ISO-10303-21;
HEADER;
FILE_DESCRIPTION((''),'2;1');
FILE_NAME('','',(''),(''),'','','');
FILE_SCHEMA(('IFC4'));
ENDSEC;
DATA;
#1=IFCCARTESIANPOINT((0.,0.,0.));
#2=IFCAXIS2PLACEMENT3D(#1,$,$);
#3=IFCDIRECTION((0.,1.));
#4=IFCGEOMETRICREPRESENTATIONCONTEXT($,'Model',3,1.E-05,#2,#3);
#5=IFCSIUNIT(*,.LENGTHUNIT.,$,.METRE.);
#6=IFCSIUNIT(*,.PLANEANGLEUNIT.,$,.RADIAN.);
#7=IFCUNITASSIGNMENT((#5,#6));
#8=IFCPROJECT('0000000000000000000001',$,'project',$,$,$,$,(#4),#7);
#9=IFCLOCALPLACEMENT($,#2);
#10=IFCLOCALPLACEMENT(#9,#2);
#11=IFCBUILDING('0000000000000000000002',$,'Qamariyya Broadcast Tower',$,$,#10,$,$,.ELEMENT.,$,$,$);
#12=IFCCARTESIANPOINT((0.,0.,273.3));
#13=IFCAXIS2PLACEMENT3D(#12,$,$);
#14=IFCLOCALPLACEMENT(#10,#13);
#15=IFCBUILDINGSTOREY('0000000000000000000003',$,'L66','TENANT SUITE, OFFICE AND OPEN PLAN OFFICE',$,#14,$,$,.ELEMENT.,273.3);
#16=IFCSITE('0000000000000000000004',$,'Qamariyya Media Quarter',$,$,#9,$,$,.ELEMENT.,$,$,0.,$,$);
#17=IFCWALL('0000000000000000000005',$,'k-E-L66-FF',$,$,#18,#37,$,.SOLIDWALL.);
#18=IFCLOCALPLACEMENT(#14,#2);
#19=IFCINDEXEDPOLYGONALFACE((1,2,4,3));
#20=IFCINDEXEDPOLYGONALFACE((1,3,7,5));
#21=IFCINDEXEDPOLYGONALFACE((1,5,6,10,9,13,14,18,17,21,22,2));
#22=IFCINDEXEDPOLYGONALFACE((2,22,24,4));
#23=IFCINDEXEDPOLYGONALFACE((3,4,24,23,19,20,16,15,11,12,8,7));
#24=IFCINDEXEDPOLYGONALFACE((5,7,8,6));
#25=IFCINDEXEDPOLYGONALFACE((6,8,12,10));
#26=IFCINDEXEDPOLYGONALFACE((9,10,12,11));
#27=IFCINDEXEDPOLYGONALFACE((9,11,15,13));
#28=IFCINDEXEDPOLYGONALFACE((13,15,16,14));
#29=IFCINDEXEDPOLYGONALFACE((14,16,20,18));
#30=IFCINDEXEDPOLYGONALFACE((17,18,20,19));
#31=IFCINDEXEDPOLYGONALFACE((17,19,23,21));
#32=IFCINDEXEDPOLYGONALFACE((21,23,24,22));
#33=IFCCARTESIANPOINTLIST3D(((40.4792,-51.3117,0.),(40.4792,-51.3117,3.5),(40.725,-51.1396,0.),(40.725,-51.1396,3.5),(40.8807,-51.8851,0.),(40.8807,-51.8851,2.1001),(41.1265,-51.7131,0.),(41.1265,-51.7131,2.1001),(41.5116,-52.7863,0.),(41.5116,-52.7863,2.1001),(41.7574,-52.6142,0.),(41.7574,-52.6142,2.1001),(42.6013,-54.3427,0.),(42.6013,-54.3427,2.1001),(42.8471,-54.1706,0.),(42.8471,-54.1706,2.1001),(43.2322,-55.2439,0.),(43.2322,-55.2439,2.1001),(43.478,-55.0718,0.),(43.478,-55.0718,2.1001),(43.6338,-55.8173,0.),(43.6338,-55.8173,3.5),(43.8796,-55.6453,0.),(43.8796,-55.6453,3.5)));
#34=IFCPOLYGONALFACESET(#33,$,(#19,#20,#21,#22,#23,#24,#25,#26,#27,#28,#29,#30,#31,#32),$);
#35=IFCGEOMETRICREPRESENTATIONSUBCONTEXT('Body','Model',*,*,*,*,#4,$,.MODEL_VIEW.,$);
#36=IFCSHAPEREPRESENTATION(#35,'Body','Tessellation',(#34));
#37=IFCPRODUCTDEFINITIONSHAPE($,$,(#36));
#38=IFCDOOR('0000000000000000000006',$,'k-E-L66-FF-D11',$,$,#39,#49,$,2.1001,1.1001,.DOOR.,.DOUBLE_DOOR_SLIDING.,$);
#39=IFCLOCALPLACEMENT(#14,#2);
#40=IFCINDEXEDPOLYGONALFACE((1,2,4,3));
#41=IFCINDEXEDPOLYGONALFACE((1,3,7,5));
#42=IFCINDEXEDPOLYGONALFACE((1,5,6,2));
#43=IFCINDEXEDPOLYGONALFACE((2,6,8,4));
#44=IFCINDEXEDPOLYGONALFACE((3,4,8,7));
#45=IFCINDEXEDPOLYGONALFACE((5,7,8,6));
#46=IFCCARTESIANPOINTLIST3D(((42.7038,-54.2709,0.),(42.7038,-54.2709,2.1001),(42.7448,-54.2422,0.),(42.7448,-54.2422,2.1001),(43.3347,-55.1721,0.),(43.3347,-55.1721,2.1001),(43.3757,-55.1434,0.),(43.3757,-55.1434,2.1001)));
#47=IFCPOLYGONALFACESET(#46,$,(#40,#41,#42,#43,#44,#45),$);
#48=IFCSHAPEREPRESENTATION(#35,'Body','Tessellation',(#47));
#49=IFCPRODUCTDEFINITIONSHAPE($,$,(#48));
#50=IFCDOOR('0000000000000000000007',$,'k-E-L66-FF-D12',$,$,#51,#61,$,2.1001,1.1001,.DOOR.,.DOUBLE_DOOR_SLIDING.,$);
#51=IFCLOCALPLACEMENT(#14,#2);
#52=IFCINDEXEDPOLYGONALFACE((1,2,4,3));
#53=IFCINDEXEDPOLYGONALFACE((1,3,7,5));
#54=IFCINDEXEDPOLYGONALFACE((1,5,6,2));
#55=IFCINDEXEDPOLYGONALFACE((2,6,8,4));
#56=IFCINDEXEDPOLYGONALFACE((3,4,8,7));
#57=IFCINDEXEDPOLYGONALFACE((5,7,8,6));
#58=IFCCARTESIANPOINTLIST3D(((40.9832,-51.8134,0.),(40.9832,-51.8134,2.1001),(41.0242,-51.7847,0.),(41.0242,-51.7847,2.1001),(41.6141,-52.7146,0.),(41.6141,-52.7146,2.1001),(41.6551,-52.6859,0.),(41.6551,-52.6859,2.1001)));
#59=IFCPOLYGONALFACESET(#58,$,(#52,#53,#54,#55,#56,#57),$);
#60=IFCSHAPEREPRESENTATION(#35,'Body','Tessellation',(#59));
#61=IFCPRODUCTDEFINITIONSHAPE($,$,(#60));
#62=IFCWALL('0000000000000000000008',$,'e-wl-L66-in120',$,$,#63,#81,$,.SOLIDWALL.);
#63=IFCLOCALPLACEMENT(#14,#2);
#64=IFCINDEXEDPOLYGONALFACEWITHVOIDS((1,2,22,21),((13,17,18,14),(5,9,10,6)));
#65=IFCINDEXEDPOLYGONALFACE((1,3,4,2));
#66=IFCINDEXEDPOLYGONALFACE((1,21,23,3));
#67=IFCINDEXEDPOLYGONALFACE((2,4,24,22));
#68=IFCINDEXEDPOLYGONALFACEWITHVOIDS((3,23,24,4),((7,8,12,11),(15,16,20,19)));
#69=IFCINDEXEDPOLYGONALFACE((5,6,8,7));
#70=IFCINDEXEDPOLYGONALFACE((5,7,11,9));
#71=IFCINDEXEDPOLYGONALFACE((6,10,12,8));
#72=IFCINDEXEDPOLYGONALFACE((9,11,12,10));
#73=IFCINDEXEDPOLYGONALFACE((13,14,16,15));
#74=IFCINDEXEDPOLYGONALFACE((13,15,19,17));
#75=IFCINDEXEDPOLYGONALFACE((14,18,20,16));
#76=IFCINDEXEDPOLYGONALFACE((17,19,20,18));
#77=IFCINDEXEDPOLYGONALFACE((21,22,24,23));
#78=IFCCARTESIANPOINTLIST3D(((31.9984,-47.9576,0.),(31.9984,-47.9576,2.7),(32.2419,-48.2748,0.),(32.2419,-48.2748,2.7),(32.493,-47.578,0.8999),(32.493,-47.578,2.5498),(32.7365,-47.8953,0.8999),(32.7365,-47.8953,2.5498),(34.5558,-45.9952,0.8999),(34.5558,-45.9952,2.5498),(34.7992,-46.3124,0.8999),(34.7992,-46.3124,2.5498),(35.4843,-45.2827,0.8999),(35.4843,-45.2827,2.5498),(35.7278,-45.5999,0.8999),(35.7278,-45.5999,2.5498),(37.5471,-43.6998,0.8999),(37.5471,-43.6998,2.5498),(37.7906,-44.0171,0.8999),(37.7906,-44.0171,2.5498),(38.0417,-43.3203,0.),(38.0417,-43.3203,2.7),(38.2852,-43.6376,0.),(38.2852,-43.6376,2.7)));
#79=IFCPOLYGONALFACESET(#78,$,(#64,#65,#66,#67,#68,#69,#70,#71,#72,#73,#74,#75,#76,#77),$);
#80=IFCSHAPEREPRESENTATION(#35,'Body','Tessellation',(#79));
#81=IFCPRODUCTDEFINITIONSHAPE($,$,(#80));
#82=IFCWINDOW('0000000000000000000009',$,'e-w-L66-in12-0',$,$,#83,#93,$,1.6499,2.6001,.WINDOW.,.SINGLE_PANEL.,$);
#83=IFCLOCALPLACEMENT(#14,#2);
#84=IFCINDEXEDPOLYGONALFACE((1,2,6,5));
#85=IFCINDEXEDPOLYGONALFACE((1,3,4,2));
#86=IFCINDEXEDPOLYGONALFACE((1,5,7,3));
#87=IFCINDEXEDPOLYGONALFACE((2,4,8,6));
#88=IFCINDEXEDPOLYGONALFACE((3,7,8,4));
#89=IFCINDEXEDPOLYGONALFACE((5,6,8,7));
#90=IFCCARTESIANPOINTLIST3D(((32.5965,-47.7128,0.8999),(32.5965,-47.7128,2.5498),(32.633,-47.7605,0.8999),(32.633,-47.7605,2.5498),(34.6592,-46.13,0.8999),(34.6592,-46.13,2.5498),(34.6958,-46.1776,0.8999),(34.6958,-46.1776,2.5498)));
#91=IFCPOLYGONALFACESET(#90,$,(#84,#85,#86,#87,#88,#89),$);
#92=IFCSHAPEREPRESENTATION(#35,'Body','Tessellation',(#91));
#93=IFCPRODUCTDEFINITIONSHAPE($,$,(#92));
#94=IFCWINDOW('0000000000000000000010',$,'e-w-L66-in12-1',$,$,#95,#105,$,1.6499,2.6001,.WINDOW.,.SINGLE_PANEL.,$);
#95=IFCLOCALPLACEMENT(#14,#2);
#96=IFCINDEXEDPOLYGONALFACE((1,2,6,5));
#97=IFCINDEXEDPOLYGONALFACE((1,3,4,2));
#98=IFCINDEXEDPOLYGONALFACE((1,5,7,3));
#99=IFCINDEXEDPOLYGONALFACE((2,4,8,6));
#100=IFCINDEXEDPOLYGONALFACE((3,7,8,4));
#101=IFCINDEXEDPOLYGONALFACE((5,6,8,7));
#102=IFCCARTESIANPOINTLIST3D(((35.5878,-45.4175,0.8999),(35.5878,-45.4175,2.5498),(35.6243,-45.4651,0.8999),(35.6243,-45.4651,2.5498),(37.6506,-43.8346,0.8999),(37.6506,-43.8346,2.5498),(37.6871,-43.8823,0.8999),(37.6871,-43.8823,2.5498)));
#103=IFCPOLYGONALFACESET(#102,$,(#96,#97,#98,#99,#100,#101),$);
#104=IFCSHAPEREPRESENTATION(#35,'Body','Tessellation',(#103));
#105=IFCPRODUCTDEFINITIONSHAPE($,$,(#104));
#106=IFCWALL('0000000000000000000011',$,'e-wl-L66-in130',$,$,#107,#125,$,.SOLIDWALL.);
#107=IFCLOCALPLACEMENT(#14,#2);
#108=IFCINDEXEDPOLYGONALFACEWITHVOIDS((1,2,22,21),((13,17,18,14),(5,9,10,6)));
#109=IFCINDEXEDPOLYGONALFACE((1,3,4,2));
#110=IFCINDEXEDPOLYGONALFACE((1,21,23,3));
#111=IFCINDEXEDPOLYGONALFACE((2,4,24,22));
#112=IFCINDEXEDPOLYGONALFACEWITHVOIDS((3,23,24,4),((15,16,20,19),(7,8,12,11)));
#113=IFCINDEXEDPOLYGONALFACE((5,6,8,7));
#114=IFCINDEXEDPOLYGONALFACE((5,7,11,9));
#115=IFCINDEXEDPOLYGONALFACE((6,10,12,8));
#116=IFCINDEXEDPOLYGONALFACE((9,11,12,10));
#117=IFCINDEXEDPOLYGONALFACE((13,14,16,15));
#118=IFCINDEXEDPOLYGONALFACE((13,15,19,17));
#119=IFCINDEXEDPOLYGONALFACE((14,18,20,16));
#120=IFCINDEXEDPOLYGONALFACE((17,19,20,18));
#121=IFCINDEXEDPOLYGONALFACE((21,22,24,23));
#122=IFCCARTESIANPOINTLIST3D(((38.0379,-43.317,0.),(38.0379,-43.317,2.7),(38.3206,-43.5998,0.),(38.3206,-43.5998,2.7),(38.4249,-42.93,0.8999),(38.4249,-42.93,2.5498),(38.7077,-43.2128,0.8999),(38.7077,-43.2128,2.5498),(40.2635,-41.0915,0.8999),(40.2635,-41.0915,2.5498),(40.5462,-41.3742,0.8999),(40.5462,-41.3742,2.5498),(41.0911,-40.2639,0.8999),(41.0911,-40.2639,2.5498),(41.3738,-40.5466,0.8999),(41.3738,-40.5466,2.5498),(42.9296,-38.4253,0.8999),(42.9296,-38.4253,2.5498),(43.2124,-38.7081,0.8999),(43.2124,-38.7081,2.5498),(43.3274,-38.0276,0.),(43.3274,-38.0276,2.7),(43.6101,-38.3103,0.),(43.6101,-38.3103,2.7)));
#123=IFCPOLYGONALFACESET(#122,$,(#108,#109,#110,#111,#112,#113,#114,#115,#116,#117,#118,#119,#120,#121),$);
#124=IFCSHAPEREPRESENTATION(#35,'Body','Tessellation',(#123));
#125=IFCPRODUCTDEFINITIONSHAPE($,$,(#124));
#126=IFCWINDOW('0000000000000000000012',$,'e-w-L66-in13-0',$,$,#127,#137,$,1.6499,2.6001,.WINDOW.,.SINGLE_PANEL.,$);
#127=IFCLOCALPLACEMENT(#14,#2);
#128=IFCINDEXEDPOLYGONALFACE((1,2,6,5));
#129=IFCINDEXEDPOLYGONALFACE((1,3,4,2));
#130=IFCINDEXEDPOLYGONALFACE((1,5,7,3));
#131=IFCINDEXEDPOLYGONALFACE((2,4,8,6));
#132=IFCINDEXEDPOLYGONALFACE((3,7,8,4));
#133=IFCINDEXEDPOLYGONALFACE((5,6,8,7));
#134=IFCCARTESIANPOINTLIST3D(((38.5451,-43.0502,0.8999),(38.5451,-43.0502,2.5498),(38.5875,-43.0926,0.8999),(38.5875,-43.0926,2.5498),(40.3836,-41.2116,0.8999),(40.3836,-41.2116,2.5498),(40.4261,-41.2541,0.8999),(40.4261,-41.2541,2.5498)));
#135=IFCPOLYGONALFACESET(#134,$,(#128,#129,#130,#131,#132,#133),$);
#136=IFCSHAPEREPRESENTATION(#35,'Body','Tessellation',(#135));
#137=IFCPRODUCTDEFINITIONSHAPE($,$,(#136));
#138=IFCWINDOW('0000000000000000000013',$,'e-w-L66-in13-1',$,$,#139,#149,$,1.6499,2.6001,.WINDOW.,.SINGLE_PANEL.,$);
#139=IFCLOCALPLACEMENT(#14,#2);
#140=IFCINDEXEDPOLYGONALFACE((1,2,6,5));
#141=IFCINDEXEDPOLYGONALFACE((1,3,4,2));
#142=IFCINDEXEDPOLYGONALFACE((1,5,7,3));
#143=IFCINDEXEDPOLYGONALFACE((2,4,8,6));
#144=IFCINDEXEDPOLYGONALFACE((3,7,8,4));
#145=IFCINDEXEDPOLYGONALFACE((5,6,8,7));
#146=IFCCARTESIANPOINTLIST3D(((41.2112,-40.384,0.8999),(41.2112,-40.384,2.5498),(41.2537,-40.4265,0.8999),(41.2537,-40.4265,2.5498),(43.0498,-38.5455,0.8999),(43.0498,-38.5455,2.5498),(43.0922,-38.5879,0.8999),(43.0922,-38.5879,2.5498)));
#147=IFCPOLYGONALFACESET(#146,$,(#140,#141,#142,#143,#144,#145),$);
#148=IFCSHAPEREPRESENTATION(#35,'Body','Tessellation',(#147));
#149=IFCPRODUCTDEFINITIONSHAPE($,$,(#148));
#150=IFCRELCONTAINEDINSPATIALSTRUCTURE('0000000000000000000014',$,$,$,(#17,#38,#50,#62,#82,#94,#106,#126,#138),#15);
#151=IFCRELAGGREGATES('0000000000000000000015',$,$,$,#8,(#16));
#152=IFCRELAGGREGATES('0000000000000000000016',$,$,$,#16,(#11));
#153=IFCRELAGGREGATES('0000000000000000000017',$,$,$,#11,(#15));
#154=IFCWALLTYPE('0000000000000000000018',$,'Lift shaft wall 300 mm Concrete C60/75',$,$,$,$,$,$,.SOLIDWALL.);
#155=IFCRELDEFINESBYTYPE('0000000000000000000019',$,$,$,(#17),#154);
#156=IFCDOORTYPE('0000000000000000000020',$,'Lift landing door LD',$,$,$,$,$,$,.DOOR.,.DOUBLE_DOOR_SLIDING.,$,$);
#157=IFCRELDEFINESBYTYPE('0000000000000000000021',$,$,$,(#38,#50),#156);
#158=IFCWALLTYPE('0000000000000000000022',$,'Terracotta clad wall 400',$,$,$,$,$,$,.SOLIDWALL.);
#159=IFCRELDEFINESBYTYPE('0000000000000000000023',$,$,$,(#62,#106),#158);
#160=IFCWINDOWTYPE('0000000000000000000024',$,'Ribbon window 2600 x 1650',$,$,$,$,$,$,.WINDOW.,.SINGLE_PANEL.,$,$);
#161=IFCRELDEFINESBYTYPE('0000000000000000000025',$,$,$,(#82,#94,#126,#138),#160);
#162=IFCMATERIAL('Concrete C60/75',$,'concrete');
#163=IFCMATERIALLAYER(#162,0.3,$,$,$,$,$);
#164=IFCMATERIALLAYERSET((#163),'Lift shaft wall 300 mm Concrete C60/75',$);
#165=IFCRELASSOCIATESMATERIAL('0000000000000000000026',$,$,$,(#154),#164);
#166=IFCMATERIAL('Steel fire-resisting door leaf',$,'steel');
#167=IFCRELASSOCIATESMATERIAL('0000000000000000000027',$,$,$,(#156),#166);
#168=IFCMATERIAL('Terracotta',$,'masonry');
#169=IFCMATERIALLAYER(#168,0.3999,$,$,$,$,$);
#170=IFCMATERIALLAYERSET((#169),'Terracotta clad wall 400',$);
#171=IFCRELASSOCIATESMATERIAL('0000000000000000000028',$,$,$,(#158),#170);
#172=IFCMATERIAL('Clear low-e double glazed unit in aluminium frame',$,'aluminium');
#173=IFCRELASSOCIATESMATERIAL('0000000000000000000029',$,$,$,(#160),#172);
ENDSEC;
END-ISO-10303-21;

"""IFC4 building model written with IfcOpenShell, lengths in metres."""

from ifc_helpers import new_model, si_unit, direction, frame, frame_2d, origin, place, context, subcontext, project, spatial, rectangle, extrude, material, layer, layer_set, type_object, element, fill, save


model = new_model("IFC4")

# Units and contexts
model_context = context("Model", 3, precision=1e-05, world=origin(), true_north=direction((0.0, 1.0)))
body_context = subcontext(model_context, "Body", "Model", "MODEL_VIEW")
ifc_project = project(units=[si_unit("LENGTHUNIT", "METRE"), si_unit("PLANEANGLEUNIT", "RADIAN")], contexts=[model_context])

# Site, building, storey
site_placement = place(None, origin())
site = spatial("IfcSite", under=ifc_project, at=site_placement, Name="Qamariyya Media Quarter", CompositionType="ELEMENT", RefElevation=0.0)
building_placement = place(site_placement, origin())
building = spatial("IfcBuilding", under=site, at=building_placement, Name="Qamariyya Broadcast Tower", CompositionType="ELEMENT")
storey_placement = place(building_placement, frame((0.0, 0.0, 273.3)))
storey = spatial("IfcBuildingStorey", under=building, at=storey_placement, Name="L66", Description="TENANT SUITE, OFFICE AND OPEN PLAN OFFICE", CompositionType="ELEMENT", Elevation=273.3)

# Shared definitions
ifc_material_1 = material(Name="Concrete C60/75", Category="concrete")

# Shared definitions
ifc_layer_1 = layer(ifc_material_1, 0.3)
ifc_layer_set_1 = layer_set([ifc_layer_1], Name="Lift shaft wall 300 mm Concrete C60/75")
wall_type_1 = type_object("IfcWallType", Name="Lift shaft wall 300 mm Concrete C60/75", PredefinedType="SOLIDWALL", material=ifc_layer_set_1)
ifc_material_2 = material(Name="Steel fire-resisting door leaf", Category="steel")

# Wall, openings, doors
wall_1_placement = place(storey_placement, frame((43.7566, -55.7312, 0.0), z_axis=(0.0, 0.0, 1.0), x_axis=(-0.573537, 0.81918, 0.0)))
wall_1 = element("IfcWall", 1, at=wall_1_placement, inside=storey, type_object=wall_type_1, Name="k-E-L66-FF", PredefinedType="SOLIDWALL", context=body_context, shape_type="SweptSolid", body=[
    extrude(rectangle(XDim=5.5002, YDim=0.3, at=frame_2d((2.75, 0.0))), origin(), (0.0, 0.0, 1.0), 3.5),
])
opening_1_placement = place(wall_1_placement, frame((0.7, 0.0, 0.0)))
opening_1 = element("IfcOpeningElement", 2, at=opening_1_placement, cuts=wall_1, PredefinedType="OPENING", context=body_context, shape_type="SweptSolid", body=[
    extrude(rectangle(XDim=1.1001, YDim=2.1001, at=frame_2d((0.55, 1.05))), frame((0.0, 0.1599, 0.0), z_axis=(0.0, -1.0, 0.0), x_axis=(1.0, 0.0, 0.0)), (0.0, 0.0, 1.0), 0.3201),
])
opening_2_placement = place(wall_1_placement, frame((3.7, 0.0, 0.0)))
opening_2 = element("IfcOpeningElement", 3, at=opening_2_placement, cuts=wall_1, PredefinedType="OPENING", context=body_context, shape_type="SweptSolid", body=[
    extrude(rectangle(XDim=1.1001, YDim=2.1001, at=frame_2d((0.55, 1.05))), frame((0.0, 0.1599, 0.0), z_axis=(0.0, -1.0, 0.0), x_axis=(1.0, 0.0, 0.0)), (0.0, 0.0, 1.0), 0.3201),
])
door_type_1 = type_object("IfcDoorType", Name="Lift landing door LD", OperationType="DOUBLE_DOOR_SLIDING", PredefinedType="DOOR", material=ifc_material_2)
door_1_placement = place(opening_1_placement, origin())
door_1 = element("IfcDoor", 4, at=door_1_placement, inside=storey, type_object=door_type_1, Name="k-E-L66-FF-D11", OperationType="DOUBLE_DOOR_SLIDING", OverallHeight=2.1001, OverallWidth=1.1001, PredefinedType="DOOR", context=body_context, shape_type="SweptSolid", body=[
    extrude(rectangle(XDim=1.1001, YDim=2.1001, at=frame_2d((0.55, 1.05))), frame((0.0, 0.0249, 0.0), z_axis=(0.0, -1.0, 0.0), x_axis=(1.0, 0.0, 0.0)), (0.0, 0.0, 1.0), 0.05),
])
fill(opening_1, door_1)
door_2_placement = place(opening_2_placement, origin())
door_2 = element("IfcDoor", 5, at=door_2_placement, inside=storey, type_object=door_type_1, Name="k-E-L66-FF-D12", OperationType="DOUBLE_DOOR_SLIDING", OverallHeight=2.1001, OverallWidth=1.1001, PredefinedType="DOOR", context=body_context, shape_type="SweptSolid", body=[
    extrude(rectangle(XDim=1.1001, YDim=2.1001, at=frame_2d((0.55, 1.05))), frame((0.0, 0.0249, 0.0), z_axis=(0.0, -1.0, 0.0), x_axis=(1.0, 0.0, 0.0)), (0.0, 0.0, 1.0), 0.05),
])
fill(opening_2, door_2)

# Walls, openings, windows
ifc_material_3 = material(Name="Terracotta", Category="masonry")
ifc_layer_2 = layer(ifc_material_3, 0.3999)
ifc_layer_set_2 = layer_set([ifc_layer_2], Name="Terracotta clad wall 400")
wall_type_2 = type_object("IfcWallType", Name="Terracotta clad wall 400", PredefinedType="SOLIDWALL", material=ifc_layer_set_2)
wall_2_placement = place(storey_placement, frame((38.1633, -43.479, 0.0), z_axis=(0.0, 0.0, 1.0), x_axis=(-0.793348, -0.608769, 0.0)))
wall_2 = element("IfcWall", 6, at=wall_2_placement, inside=storey, type_object=wall_type_2, Name="e-wl-L66-in120", PredefinedType="SOLIDWALL", context=body_context, shape_type="SweptSolid", body=[
    extrude(rectangle(XDim=7.6174, YDim=0.3999, at=frame_2d((3.8086, 0.0))), origin(), (0.0, 0.0, 1.0), 2.7),
])
opening_3_placement = place(wall_2_placement, frame((4.3938, 0.0, 0.8999)))
opening_3 = element("IfcOpeningElement", 7, at=opening_3_placement, cuts=wall_2, PredefinedType="OPENING", context=body_context, shape_type="SweptSolid", body=[
    extrude(rectangle(XDim=2.6001, YDim=1.6499, at=frame_2d((1.3, 0.825))), frame((0.0, 0.21, 0.0), z_axis=(0.0, -1.0, 0.0), x_axis=(1.0, 0.0, 0.0)), (0.0, 0.0, 1.0), 0.4199),
])
opening_4_placement = place(wall_2_placement, frame((0.6233, 0.0, 0.8999)))
opening_4 = element("IfcOpeningElement", 8, at=opening_4_placement, cuts=wall_2, PredefinedType="OPENING", context=body_context, shape_type="SweptSolid", body=[
    extrude(rectangle(XDim=2.6001, YDim=1.6499, at=frame_2d((1.3, 0.825))), frame((0.0, 0.21, 0.0), z_axis=(0.0, -1.0, 0.0), x_axis=(1.0, 0.0, 0.0)), (0.0, 0.0, 1.0), 0.4199),
])
ifc_material_4 = material(Name="Clear low-e double glazed unit in aluminium frame", Category="aluminium")
window_type = type_object("IfcWindowType", Name="Ribbon window 2600 x 1650", PartitioningType="SINGLE_PANEL", PredefinedType="WINDOW", material=ifc_material_4)
window_1_placement = place(opening_3_placement, origin())
window_1 = element("IfcWindow", 9, at=window_1_placement, inside=storey, type_object=window_type, Name="e-w-L66-in12-0", OverallHeight=1.6499, OverallWidth=2.6001, PartitioningType="SINGLE_PANEL", PredefinedType="WINDOW", context=body_context, shape_type="SweptSolid", body=[
    extrude(rectangle(XDim=2.6001, YDim=1.6499, at=frame_2d((1.3, 0.825))), frame((0.0, 0.03, 0.0), z_axis=(0.0, -1.0, 0.0), x_axis=(1.0, 0.0, 0.0)), (0.0, 0.0, 1.0), 0.0601),
])
fill(opening_3, window_1)
window_2_placement = place(opening_4_placement, origin())
window_2 = element("IfcWindow", 10, at=window_2_placement, inside=storey, type_object=window_type, Name="e-w-L66-in12-1", OverallHeight=1.6499, OverallWidth=2.6001, PartitioningType="SINGLE_PANEL", PredefinedType="WINDOW", context=body_context, shape_type="SweptSolid", body=[
    extrude(rectangle(XDim=2.6001, YDim=1.6499, at=frame_2d((1.3, 0.825))), frame((0.0, 0.03, 0.0), z_axis=(0.0, -1.0, 0.0), x_axis=(1.0, 0.0, 0.0)), (0.0, 0.0, 1.0), 0.0601),
])
fill(opening_4, window_2)
wall_3_placement = place(storey_placement, frame((43.4688, -38.1689, 0.0), z_axis=(0.0, 0.0, 1.0), x_axis=(-0.707107, -0.707107, 0.0)))
wall_3 = element("IfcWall", 11, at=wall_3_placement, inside=storey, type_object=wall_type_2, Name="e-wl-L66-in130", PredefinedType="SOLIDWALL", context=body_context, shape_type="SweptSolid", body=[
    extrude(rectangle(XDim=7.4805, YDim=0.3999, at=frame_2d((3.7402, 0.0))), origin(), (0.0, 0.0, 1.0), 2.7),
])
opening_5_placement = place(wall_3_placement, frame((4.333, 0.0, 0.8999)))
opening_5 = element("IfcOpeningElement", 12, at=opening_5_placement, cuts=wall_3, PredefinedType="OPENING", context=body_context, shape_type="SweptSolid", body=[
    extrude(rectangle(XDim=2.6001, YDim=1.6499, at=frame_2d((1.3, 0.825))), frame((0.0, 0.21, 0.0), z_axis=(0.0, -1.0, 0.0), x_axis=(1.0, 0.0, 0.0)), (0.0, 0.0, 1.0), 0.4199),
])
opening_6_placement = place(wall_3_placement, frame((0.5625, 0.0, 0.8999)))
opening_6 = element("IfcOpeningElement", 13, at=opening_6_placement, cuts=wall_3, PredefinedType="OPENING", context=body_context, shape_type="SweptSolid", body=[
    extrude(rectangle(XDim=2.6001, YDim=1.6499, at=frame_2d((1.3, 0.825))), frame((0.0, 0.21, 0.0), z_axis=(0.0, -1.0, 0.0), x_axis=(1.0, 0.0, 0.0)), (0.0, 0.0, 1.0), 0.4199),
])
window_3_placement = place(opening_5_placement, origin())
window_3 = element("IfcWindow", 14, at=window_3_placement, inside=storey, type_object=window_type, Name="e-w-L66-in13-0", OverallHeight=1.6499, OverallWidth=2.6001, PartitioningType="SINGLE_PANEL", PredefinedType="WINDOW", context=body_context, shape_type="SweptSolid", body=[
    extrude(rectangle(XDim=2.6001, YDim=1.6499, at=frame_2d((1.3, 0.825))), frame((0.0, 0.03, 0.0), z_axis=(0.0, -1.0, 0.0), x_axis=(1.0, 0.0, 0.0)), (0.0, 0.0, 1.0), 0.0601),
])
fill(opening_5, window_3)
window_4_placement = place(opening_6_placement, origin())
window_4 = element("IfcWindow", 15, at=window_4_placement, inside=storey, type_object=window_type, Name="e-w-L66-in13-1", OverallHeight=1.6499, OverallWidth=2.6001, PartitioningType="SINGLE_PANEL", PredefinedType="WINDOW", context=body_context, shape_type="SweptSolid", body=[
    extrude(rectangle(XDim=2.6001, YDim=1.6499, at=frame_2d((1.3, 0.825))), frame((0.0, 0.03, 0.0), z_axis=(0.0, -1.0, 0.0), x_axis=(1.0, 0.0, 0.0)), (0.0, 0.0, 1.0), 0.0601),
])
fill(opening_6, window_4)

save(model, "model.ifc")
